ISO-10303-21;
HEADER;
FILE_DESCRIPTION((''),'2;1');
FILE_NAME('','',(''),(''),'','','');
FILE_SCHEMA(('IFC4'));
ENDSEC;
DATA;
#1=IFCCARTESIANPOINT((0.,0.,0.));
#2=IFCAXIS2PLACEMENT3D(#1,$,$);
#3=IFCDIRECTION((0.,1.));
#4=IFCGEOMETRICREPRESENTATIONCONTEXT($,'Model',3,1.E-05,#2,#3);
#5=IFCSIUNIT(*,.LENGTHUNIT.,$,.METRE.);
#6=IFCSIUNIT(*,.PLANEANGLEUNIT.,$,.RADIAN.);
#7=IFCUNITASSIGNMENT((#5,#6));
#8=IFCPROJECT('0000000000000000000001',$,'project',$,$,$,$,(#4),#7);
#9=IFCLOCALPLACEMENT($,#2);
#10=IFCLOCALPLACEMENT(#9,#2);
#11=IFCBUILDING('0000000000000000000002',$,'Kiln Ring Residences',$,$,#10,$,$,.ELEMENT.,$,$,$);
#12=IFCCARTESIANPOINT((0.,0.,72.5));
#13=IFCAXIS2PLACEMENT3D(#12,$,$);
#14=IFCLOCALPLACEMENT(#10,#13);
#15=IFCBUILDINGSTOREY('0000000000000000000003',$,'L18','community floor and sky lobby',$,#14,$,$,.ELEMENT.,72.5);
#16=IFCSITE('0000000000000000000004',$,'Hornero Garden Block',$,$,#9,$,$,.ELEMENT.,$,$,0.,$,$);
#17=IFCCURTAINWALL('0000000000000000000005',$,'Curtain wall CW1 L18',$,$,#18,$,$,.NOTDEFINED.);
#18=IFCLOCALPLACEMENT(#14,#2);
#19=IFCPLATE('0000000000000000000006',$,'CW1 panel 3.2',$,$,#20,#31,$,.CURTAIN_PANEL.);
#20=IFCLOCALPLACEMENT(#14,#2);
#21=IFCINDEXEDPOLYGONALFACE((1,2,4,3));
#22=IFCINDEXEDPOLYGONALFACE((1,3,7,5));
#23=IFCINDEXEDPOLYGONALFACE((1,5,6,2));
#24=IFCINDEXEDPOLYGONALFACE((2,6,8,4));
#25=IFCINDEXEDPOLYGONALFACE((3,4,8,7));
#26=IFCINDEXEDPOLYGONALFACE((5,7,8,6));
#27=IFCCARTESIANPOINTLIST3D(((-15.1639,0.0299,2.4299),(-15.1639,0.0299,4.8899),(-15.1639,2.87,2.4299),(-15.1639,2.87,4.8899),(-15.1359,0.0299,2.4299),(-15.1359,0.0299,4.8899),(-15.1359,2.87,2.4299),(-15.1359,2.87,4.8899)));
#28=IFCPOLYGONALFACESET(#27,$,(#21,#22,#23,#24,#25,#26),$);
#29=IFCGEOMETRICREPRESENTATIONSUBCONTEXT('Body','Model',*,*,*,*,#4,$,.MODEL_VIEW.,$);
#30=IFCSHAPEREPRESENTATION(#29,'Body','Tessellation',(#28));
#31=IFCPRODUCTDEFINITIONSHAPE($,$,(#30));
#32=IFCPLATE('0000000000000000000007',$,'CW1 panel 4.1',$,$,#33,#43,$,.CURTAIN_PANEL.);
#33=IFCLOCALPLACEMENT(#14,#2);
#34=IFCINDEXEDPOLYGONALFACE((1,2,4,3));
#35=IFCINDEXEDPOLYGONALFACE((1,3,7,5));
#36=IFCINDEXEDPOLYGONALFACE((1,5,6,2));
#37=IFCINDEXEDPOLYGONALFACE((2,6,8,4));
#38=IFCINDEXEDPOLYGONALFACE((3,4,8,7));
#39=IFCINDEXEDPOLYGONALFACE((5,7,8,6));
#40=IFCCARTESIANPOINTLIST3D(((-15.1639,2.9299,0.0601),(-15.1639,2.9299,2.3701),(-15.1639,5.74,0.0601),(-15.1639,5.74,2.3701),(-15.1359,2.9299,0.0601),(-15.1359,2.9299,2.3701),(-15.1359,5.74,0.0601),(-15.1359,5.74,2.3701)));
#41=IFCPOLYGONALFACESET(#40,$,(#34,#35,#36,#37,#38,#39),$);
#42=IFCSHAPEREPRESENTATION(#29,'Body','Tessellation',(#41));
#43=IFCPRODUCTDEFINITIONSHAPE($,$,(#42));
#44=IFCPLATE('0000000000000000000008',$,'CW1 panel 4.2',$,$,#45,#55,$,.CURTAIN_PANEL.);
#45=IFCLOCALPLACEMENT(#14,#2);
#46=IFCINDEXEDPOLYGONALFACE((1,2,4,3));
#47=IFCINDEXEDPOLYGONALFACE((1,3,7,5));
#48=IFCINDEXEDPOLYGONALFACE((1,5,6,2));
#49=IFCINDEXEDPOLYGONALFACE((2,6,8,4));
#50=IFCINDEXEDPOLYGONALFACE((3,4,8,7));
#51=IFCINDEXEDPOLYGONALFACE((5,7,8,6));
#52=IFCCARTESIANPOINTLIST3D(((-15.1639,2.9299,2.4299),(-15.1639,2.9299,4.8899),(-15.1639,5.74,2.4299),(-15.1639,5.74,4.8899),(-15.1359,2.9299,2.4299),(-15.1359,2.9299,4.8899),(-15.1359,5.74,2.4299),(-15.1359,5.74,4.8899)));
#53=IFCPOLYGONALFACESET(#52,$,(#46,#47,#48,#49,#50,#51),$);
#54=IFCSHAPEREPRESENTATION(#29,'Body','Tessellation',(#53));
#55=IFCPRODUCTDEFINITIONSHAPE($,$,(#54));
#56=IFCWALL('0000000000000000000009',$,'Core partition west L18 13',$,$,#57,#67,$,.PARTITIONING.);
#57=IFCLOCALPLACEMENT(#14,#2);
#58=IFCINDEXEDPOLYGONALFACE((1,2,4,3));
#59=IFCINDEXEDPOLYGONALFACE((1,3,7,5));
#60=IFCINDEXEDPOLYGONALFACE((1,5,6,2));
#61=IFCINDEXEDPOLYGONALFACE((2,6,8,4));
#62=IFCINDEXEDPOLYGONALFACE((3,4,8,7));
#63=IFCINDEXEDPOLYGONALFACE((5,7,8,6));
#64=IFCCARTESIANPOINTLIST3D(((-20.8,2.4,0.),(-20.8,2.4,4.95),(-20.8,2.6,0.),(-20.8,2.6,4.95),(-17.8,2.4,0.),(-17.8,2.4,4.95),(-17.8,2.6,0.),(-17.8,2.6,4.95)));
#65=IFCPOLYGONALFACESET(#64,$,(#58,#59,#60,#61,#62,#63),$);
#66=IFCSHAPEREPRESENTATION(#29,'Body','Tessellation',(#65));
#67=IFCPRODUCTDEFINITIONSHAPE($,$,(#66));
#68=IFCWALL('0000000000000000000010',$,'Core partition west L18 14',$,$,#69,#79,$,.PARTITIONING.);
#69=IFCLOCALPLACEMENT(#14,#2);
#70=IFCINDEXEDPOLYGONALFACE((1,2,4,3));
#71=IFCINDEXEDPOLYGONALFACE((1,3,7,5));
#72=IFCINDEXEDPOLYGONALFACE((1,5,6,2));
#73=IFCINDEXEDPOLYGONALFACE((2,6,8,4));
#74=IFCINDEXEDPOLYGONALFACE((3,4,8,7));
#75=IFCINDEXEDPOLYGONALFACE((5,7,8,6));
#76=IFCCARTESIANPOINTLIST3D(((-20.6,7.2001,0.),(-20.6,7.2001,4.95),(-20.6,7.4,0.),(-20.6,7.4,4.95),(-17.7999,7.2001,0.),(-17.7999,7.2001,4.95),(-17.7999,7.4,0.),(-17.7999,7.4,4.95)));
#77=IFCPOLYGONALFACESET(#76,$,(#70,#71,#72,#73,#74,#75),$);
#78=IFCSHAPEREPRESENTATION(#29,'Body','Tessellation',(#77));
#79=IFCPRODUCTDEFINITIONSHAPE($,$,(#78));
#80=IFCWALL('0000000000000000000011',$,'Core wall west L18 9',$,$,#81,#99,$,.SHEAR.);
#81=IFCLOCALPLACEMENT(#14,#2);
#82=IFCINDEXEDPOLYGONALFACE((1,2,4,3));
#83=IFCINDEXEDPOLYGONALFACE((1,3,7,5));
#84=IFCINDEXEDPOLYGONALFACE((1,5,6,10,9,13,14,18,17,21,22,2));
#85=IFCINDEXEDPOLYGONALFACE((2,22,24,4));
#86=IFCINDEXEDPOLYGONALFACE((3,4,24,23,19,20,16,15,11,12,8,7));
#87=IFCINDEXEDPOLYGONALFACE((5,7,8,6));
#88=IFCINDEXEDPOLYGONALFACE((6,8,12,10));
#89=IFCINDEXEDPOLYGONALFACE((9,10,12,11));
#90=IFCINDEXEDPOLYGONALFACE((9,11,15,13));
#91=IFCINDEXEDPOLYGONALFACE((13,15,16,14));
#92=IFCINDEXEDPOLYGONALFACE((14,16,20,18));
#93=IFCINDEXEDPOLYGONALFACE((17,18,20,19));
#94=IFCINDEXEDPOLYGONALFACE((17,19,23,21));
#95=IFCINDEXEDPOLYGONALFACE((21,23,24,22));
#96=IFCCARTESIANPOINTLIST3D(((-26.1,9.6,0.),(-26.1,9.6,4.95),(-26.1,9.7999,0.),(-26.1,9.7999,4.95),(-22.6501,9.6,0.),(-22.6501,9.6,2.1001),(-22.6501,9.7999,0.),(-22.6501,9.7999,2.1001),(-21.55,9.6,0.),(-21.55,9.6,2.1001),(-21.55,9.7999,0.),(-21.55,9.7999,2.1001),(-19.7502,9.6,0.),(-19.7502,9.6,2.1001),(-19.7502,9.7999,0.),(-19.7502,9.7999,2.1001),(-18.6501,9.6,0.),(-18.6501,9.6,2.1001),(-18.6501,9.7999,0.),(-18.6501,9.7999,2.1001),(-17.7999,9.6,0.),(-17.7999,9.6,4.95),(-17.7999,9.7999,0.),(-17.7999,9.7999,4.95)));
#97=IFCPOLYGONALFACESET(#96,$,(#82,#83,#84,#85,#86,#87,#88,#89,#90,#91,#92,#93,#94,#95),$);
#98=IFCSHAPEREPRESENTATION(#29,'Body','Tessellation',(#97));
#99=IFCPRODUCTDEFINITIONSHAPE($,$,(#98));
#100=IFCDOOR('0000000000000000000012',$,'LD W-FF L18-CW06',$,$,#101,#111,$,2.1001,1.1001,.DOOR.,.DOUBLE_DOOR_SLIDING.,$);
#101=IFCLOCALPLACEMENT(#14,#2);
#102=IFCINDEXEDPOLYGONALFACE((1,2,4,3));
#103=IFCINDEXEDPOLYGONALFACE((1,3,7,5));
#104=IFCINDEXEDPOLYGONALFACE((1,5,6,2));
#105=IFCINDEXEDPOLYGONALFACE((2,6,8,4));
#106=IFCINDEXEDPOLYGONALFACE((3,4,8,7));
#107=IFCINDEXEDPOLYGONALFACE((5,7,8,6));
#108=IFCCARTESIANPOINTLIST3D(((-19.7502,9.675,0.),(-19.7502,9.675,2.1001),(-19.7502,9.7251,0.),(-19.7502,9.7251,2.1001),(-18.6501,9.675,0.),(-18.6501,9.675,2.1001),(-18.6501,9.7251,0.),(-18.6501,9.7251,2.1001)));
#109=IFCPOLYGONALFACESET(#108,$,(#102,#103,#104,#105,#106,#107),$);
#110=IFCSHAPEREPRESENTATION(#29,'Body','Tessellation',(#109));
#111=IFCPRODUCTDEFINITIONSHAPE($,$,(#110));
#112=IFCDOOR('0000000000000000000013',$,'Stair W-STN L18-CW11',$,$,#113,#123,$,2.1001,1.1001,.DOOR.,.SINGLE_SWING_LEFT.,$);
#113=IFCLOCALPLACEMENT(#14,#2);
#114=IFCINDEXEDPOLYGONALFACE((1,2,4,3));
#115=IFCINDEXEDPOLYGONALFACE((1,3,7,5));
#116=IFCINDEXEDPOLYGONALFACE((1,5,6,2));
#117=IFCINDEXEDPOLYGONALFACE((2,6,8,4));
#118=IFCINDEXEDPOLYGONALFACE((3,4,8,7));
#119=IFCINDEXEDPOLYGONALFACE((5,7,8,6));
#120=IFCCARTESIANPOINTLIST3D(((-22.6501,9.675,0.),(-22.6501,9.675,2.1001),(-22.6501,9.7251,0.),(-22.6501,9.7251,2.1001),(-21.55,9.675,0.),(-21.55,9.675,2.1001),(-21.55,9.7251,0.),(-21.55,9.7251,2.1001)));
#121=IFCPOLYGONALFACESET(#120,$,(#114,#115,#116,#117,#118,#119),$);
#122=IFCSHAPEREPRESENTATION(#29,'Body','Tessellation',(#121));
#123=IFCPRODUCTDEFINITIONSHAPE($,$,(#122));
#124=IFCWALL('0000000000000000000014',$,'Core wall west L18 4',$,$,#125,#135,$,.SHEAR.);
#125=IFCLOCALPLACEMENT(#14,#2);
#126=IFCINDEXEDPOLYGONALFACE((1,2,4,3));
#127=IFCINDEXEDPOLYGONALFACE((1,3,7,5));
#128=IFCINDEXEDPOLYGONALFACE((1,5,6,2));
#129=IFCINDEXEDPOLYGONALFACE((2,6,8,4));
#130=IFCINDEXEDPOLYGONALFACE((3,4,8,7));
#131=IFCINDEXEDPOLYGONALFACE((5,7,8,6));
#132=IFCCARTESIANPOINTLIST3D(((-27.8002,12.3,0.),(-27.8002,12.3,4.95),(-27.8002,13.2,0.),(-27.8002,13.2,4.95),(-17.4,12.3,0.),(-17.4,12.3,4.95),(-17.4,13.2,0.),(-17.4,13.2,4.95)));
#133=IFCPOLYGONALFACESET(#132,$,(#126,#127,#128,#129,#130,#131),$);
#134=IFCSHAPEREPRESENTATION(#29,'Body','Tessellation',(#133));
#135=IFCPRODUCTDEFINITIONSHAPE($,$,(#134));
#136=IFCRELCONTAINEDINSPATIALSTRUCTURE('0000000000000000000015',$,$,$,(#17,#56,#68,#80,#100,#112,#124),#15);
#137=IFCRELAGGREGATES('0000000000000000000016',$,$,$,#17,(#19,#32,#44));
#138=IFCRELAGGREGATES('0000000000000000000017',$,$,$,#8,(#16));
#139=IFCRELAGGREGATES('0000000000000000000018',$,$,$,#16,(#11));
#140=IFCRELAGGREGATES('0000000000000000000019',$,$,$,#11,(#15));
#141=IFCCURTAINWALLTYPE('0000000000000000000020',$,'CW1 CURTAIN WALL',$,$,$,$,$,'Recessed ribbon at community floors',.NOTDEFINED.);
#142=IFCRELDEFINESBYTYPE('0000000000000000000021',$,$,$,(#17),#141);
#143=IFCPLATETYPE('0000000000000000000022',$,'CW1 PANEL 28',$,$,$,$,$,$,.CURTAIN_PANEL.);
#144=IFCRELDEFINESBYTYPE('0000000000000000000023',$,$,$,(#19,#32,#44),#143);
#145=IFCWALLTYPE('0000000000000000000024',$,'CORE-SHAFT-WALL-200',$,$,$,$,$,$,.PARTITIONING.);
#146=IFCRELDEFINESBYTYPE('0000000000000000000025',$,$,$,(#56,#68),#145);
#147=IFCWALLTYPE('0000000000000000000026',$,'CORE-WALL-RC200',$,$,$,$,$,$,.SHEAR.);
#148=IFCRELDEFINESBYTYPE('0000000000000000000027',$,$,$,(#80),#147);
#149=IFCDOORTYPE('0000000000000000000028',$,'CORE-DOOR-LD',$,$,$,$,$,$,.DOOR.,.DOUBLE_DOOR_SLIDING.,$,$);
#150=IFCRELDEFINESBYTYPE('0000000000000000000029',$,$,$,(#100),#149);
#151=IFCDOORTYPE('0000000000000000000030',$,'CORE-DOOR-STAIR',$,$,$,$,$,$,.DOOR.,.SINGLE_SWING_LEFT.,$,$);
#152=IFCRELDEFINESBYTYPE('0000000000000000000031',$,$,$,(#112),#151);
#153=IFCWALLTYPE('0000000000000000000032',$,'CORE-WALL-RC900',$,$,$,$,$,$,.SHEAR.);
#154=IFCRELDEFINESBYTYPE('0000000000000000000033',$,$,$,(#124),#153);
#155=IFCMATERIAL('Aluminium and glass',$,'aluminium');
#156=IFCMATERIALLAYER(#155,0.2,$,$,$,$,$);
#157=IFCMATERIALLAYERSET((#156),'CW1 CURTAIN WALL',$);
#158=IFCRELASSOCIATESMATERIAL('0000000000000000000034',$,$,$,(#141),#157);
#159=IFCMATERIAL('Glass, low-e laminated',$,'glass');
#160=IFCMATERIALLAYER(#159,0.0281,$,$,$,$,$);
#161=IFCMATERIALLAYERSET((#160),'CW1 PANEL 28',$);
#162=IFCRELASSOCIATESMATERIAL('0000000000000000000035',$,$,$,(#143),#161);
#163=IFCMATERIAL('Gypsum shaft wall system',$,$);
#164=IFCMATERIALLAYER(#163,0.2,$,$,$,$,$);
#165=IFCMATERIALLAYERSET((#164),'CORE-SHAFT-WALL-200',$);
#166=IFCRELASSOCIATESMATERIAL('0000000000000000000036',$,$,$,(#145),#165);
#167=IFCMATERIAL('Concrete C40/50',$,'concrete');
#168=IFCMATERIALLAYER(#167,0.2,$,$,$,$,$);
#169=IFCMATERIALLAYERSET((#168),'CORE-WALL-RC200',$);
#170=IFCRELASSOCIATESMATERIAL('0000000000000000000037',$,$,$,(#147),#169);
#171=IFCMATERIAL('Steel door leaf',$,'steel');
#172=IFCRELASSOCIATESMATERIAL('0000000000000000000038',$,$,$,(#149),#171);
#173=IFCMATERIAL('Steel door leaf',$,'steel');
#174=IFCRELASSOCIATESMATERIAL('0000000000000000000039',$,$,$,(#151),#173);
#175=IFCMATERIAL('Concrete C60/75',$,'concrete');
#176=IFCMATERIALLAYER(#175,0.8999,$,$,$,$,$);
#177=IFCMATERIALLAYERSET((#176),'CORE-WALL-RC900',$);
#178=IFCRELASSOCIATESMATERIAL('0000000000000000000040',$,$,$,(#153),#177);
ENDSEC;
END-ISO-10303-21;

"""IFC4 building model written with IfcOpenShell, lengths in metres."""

from ifc_helpers import new_model, si_unit, direction, frame, frame_2d, origin, origin_2d, place, context, subcontext, project, spatial, rectangle, extrude, material, layer, layer_set, type_object, element, fill, aggregate, save


model = new_model("IFC4")

# Units and contexts
model_context = context("Model", 3, precision=1e-05, world=origin(), true_north=direction((0.0, 1.0)))
body_context = subcontext(model_context, "Body", "Model", "MODEL_VIEW")
ifc_project = project(units=[si_unit("LENGTHUNIT", "METRE"), si_unit("PLANEANGLEUNIT", "RADIAN")], contexts=[model_context])

# Site, building, storey
site_placement = place(None, origin())
site = spatial("IfcSite", under=ifc_project, at=site_placement, Name="Hornero Garden Block", CompositionType="ELEMENT", RefElevation=0.0)
building_placement = place(site_placement, origin())
building = spatial("IfcBuilding", under=site, at=building_placement, Name="Kiln Ring Residences", CompositionType="ELEMENT")
storey_placement = place(building_placement, frame((0.0, 0.0, 72.5)))
storey = spatial("IfcBuildingStorey", under=building, at=storey_placement, Name="L18", Description="community floor and sky lobby", CompositionType="ELEMENT", Elevation=72.5)

# Curtain wall
ifc_material_1 = material(Name="Aluminium and glass", Category="aluminium")
ifc_layer_1 = layer(ifc_material_1, 0.2)
ifc_layer_set_1 = layer_set([ifc_layer_1], Name="CW1 CURTAIN WALL")
curtain_wall_type = type_object("IfcCurtainWallType", Name="CW1 CURTAIN WALL", ElementType="Recessed ribbon at community floors", PredefinedType="NOTDEFINED", material=ifc_layer_set_1)
placement = place(storey_placement, origin())
curtain_wall_1 = element("IfcCurtainWall", 1, at=placement, inside=storey, type_object=curtain_wall_type, Name="Curtain wall CW1 L18", PredefinedType="NOTDEFINED")

# Plates
ifc_material_2 = material(Name="Glass, low-e laminated", Category="glass")
ifc_layer_2 = layer(ifc_material_2, 0.0281)
ifc_layer_set_2 = layer_set([ifc_layer_2], Name="CW1 PANEL 28")
plate_type = type_object("IfcPlateType", Name="CW1 PANEL 28", PredefinedType="CURTAIN_PANEL", material=ifc_layer_set_2)
plate_1_placement = place(storey_placement, frame((-15.1499, 1.45, 2.4299), z_axis=(0.0, 0.0, 1.0), x_axis=(0.0, 1.0, 0.0)))
plate_1 = element("IfcPlate", 2, at=plate_1_placement, type_object=plate_type, Name="CW1 panel 3.2", PredefinedType="CURTAIN_PANEL", context=body_context, shape_type="SweptSolid", body=[
    extrude(rectangle(XDim=2.8401, YDim=0.0281, at=origin_2d()), origin(), (0.0, 0.0, 1.0), 2.46),
])
plate_2_placement = place(storey_placement, frame((-15.1499, 4.335, 0.0601), z_axis=(0.0, 0.0, 1.0), x_axis=(0.0, 1.0, 0.0)))
plate_2 = element("IfcPlate", 3, at=plate_2_placement, type_object=plate_type, Name="CW1 panel 4.1", PredefinedType="CURTAIN_PANEL", context=body_context, shape_type="SweptSolid", body=[
    extrude(rectangle(XDim=2.8101, YDim=0.0281, at=origin_2d()), origin(), (0.0, 0.0, 1.0), 2.3101),
])
plate_3_placement = place(storey_placement, frame((-15.1499, 4.335, 2.4299), z_axis=(0.0, 0.0, 1.0), x_axis=(0.0, 1.0, 0.0)))
plate_3 = element("IfcPlate", 4, at=plate_3_placement, type_object=plate_type, Name="CW1 panel 4.2", PredefinedType="CURTAIN_PANEL", context=body_context, shape_type="SweptSolid", body=[
    extrude(rectangle(XDim=2.8101, YDim=0.0281, at=origin_2d()), origin(), (0.0, 0.0, 1.0), 2.46),
])
aggregate(curtain_wall_1, [plate_1, plate_2, plate_3])

# Walls
ifc_material_3 = material(Name="Gypsum shaft wall system")
ifc_layer_3 = layer(ifc_material_3, 0.2)
ifc_layer_set_3 = layer_set([ifc_layer_3], Name="CORE-SHAFT-WALL-200")
wall_type_1 = type_object("IfcWallType", Name="CORE-SHAFT-WALL-200", PredefinedType="PARTITIONING", material=ifc_layer_set_3)
wall_1_placement = place(storey_placement, frame((-17.8, 2.5, 0.0), z_axis=(0.0, 0.0, 1.0), x_axis=(-1.0, 0.0, 0.0)))
element("IfcWall", 5, at=wall_1_placement, inside=storey, type_object=wall_type_1, Name="Core partition west L18 13", PredefinedType="PARTITIONING", context=body_context, shape_type="SweptSolid", body=[
    extrude(rectangle(XDim=3.0, YDim=0.2, at=frame_2d((1.5, 0.0))), origin(), (0.0, 0.0, 1.0), 4.95),
])
wall_2_placement = place(storey_placement, frame((-17.8, 7.3, 0.0), z_axis=(0.0, 0.0, 1.0), x_axis=(-1.0, 0.0, 0.0)))
element("IfcWall", 6, at=wall_2_placement, inside=storey, type_object=wall_type_1, Name="Core partition west L18 14", PredefinedType="PARTITIONING", context=body_context, shape_type="SweptSolid", body=[
    extrude(rectangle(XDim=2.8, YDim=0.2, at=frame_2d((1.3999, 0.0))), origin(), (0.0, 0.0, 1.0), 4.95),
])

# Wall, openings, doors
ifc_material_4 = material(Name="Concrete C40/50", Category="concrete")
ifc_layer_4 = layer(ifc_material_4, 0.2)
ifc_layer_set_4 = layer_set([ifc_layer_4], Name="CORE-WALL-RC200")
wall_type_2 = type_object("IfcWallType", Name="CORE-WALL-RC200", PredefinedType="SHEAR", material=ifc_layer_set_4)
wall_3_placement = place(storey_placement, frame((-17.8, 9.7, 0.0), z_axis=(0.0, 0.0, 1.0), x_axis=(-1.0, 0.0, 0.0)))
wall_3 = element("IfcWall", 7, at=wall_3_placement, inside=storey, type_object=wall_type_2, Name="Core wall west L18 9", PredefinedType="SHEAR", context=body_context, shape_type="SweptSolid", body=[
    extrude(rectangle(XDim=8.3, YDim=0.2, at=frame_2d((4.1499, 0.0))), origin(), (0.0, 0.0, 1.0), 4.95),
])
opening_1_placement = place(wall_3_placement, frame((0.8501, 0.0, 0.0)))
opening_1 = element("IfcOpeningElement", 8, at=opening_1_placement, cuts=wall_3, PredefinedType="OPENING", context=body_context, shape_type="SweptSolid", body=[
    extrude(rectangle(XDim=1.1001, YDim=2.1001, at=frame_2d((0.55, 1.05))), frame((0.0, 0.1099, 0.0), z_axis=(0.0, -1.0, 0.0), x_axis=(1.0, 0.0, 0.0)), (0.0, 0.0, 1.0), 0.22),
])
opening_2_placement = place(wall_3_placement, frame((3.75, 0.0, 0.0)))
opening_2 = element("IfcOpeningElement", 9, at=opening_2_placement, cuts=wall_3, PredefinedType="OPENING", context=body_context, shape_type="SweptSolid", body=[
    extrude(rectangle(XDim=1.1001, YDim=2.1001, at=frame_2d((0.55, 1.05))), frame((0.0, 0.1099, 0.0), z_axis=(0.0, -1.0, 0.0), x_axis=(1.0, 0.0, 0.0)), (0.0, 0.0, 1.0), 0.22),
])
ifc_material_5 = material(Name="Steel door leaf", Category="steel")
door_type_1 = type_object("IfcDoorType", Name="CORE-DOOR-LD", OperationType="DOUBLE_DOOR_SLIDING", PredefinedType="DOOR", material=ifc_material_5)
door_1_placement = place(opening_1_placement, origin())
door_1 = element("IfcDoor", 10, at=door_1_placement, inside=storey, type_object=door_type_1, Name="LD W-FF L18-CW06", OperationType="DOUBLE_DOOR_SLIDING", OverallHeight=2.1001, OverallWidth=1.1001, PredefinedType="DOOR", context=body_context, shape_type="SweptSolid", body=[
    extrude(rectangle(XDim=1.1001, YDim=2.1001, at=frame_2d((0.55, 1.05))), frame((0.0, 0.0249, 0.0), z_axis=(0.0, -1.0, 0.0), x_axis=(1.0, 0.0, 0.0)), (0.0, 0.0, 1.0), 0.05),
])
fill(opening_1, door_1)
ifc_material_6 = material(Name="Steel door leaf", Category="steel")
door_type_2 = type_object("IfcDoorType", Name="CORE-DOOR-STAIR", OperationType="SINGLE_SWING_LEFT", PredefinedType="DOOR", material=ifc_material_6)
door_2_placement = place(opening_2_placement, origin())
door_2 = element("IfcDoor", 11, at=door_2_placement, inside=storey, type_object=door_type_2, Name="Stair W-STN L18-CW11", OperationType="SINGLE_SWING_LEFT", OverallHeight=2.1001, OverallWidth=1.1001, PredefinedType="DOOR", context=body_context, shape_type="SweptSolid", body=[
    extrude(rectangle(XDim=1.1001, YDim=2.1001, at=frame_2d((0.55, 1.05))), frame((0.0, 0.0249, 0.0), z_axis=(0.0, -1.0, 0.0), x_axis=(1.0, 0.0, 0.0)), (0.0, 0.0, 1.0), 0.05),
])
fill(opening_2, door_2)

# Wall
ifc_material_7 = material(Name="Concrete C60/75", Category="concrete")
ifc_layer_5 = layer(ifc_material_7, 0.8999)
ifc_layer_set_5 = layer_set([ifc_layer_5], Name="CORE-WALL-RC900")
wall_type_3 = type_object("IfcWallType", Name="CORE-WALL-RC900", PredefinedType="SHEAR", material=ifc_layer_set_5)
wall_4_placement = place(storey_placement, frame((-17.3999, 12.75, 0.0), z_axis=(0.0, 0.0, 1.0), x_axis=(-1.0, 0.0, 0.0)))
element("IfcWall", 12, at=wall_4_placement, inside=storey, type_object=wall_type_3, Name="Core wall west L18 4", PredefinedType="SHEAR", context=body_context, shape_type="SweptSolid", body=[
    extrude(rectangle(XDim=10.4001, YDim=0.8999, at=frame_2d((5.2002, 0.0))), origin(), (0.0, 0.0, 1.0), 4.95),
])

save(model, "model.ifc")
